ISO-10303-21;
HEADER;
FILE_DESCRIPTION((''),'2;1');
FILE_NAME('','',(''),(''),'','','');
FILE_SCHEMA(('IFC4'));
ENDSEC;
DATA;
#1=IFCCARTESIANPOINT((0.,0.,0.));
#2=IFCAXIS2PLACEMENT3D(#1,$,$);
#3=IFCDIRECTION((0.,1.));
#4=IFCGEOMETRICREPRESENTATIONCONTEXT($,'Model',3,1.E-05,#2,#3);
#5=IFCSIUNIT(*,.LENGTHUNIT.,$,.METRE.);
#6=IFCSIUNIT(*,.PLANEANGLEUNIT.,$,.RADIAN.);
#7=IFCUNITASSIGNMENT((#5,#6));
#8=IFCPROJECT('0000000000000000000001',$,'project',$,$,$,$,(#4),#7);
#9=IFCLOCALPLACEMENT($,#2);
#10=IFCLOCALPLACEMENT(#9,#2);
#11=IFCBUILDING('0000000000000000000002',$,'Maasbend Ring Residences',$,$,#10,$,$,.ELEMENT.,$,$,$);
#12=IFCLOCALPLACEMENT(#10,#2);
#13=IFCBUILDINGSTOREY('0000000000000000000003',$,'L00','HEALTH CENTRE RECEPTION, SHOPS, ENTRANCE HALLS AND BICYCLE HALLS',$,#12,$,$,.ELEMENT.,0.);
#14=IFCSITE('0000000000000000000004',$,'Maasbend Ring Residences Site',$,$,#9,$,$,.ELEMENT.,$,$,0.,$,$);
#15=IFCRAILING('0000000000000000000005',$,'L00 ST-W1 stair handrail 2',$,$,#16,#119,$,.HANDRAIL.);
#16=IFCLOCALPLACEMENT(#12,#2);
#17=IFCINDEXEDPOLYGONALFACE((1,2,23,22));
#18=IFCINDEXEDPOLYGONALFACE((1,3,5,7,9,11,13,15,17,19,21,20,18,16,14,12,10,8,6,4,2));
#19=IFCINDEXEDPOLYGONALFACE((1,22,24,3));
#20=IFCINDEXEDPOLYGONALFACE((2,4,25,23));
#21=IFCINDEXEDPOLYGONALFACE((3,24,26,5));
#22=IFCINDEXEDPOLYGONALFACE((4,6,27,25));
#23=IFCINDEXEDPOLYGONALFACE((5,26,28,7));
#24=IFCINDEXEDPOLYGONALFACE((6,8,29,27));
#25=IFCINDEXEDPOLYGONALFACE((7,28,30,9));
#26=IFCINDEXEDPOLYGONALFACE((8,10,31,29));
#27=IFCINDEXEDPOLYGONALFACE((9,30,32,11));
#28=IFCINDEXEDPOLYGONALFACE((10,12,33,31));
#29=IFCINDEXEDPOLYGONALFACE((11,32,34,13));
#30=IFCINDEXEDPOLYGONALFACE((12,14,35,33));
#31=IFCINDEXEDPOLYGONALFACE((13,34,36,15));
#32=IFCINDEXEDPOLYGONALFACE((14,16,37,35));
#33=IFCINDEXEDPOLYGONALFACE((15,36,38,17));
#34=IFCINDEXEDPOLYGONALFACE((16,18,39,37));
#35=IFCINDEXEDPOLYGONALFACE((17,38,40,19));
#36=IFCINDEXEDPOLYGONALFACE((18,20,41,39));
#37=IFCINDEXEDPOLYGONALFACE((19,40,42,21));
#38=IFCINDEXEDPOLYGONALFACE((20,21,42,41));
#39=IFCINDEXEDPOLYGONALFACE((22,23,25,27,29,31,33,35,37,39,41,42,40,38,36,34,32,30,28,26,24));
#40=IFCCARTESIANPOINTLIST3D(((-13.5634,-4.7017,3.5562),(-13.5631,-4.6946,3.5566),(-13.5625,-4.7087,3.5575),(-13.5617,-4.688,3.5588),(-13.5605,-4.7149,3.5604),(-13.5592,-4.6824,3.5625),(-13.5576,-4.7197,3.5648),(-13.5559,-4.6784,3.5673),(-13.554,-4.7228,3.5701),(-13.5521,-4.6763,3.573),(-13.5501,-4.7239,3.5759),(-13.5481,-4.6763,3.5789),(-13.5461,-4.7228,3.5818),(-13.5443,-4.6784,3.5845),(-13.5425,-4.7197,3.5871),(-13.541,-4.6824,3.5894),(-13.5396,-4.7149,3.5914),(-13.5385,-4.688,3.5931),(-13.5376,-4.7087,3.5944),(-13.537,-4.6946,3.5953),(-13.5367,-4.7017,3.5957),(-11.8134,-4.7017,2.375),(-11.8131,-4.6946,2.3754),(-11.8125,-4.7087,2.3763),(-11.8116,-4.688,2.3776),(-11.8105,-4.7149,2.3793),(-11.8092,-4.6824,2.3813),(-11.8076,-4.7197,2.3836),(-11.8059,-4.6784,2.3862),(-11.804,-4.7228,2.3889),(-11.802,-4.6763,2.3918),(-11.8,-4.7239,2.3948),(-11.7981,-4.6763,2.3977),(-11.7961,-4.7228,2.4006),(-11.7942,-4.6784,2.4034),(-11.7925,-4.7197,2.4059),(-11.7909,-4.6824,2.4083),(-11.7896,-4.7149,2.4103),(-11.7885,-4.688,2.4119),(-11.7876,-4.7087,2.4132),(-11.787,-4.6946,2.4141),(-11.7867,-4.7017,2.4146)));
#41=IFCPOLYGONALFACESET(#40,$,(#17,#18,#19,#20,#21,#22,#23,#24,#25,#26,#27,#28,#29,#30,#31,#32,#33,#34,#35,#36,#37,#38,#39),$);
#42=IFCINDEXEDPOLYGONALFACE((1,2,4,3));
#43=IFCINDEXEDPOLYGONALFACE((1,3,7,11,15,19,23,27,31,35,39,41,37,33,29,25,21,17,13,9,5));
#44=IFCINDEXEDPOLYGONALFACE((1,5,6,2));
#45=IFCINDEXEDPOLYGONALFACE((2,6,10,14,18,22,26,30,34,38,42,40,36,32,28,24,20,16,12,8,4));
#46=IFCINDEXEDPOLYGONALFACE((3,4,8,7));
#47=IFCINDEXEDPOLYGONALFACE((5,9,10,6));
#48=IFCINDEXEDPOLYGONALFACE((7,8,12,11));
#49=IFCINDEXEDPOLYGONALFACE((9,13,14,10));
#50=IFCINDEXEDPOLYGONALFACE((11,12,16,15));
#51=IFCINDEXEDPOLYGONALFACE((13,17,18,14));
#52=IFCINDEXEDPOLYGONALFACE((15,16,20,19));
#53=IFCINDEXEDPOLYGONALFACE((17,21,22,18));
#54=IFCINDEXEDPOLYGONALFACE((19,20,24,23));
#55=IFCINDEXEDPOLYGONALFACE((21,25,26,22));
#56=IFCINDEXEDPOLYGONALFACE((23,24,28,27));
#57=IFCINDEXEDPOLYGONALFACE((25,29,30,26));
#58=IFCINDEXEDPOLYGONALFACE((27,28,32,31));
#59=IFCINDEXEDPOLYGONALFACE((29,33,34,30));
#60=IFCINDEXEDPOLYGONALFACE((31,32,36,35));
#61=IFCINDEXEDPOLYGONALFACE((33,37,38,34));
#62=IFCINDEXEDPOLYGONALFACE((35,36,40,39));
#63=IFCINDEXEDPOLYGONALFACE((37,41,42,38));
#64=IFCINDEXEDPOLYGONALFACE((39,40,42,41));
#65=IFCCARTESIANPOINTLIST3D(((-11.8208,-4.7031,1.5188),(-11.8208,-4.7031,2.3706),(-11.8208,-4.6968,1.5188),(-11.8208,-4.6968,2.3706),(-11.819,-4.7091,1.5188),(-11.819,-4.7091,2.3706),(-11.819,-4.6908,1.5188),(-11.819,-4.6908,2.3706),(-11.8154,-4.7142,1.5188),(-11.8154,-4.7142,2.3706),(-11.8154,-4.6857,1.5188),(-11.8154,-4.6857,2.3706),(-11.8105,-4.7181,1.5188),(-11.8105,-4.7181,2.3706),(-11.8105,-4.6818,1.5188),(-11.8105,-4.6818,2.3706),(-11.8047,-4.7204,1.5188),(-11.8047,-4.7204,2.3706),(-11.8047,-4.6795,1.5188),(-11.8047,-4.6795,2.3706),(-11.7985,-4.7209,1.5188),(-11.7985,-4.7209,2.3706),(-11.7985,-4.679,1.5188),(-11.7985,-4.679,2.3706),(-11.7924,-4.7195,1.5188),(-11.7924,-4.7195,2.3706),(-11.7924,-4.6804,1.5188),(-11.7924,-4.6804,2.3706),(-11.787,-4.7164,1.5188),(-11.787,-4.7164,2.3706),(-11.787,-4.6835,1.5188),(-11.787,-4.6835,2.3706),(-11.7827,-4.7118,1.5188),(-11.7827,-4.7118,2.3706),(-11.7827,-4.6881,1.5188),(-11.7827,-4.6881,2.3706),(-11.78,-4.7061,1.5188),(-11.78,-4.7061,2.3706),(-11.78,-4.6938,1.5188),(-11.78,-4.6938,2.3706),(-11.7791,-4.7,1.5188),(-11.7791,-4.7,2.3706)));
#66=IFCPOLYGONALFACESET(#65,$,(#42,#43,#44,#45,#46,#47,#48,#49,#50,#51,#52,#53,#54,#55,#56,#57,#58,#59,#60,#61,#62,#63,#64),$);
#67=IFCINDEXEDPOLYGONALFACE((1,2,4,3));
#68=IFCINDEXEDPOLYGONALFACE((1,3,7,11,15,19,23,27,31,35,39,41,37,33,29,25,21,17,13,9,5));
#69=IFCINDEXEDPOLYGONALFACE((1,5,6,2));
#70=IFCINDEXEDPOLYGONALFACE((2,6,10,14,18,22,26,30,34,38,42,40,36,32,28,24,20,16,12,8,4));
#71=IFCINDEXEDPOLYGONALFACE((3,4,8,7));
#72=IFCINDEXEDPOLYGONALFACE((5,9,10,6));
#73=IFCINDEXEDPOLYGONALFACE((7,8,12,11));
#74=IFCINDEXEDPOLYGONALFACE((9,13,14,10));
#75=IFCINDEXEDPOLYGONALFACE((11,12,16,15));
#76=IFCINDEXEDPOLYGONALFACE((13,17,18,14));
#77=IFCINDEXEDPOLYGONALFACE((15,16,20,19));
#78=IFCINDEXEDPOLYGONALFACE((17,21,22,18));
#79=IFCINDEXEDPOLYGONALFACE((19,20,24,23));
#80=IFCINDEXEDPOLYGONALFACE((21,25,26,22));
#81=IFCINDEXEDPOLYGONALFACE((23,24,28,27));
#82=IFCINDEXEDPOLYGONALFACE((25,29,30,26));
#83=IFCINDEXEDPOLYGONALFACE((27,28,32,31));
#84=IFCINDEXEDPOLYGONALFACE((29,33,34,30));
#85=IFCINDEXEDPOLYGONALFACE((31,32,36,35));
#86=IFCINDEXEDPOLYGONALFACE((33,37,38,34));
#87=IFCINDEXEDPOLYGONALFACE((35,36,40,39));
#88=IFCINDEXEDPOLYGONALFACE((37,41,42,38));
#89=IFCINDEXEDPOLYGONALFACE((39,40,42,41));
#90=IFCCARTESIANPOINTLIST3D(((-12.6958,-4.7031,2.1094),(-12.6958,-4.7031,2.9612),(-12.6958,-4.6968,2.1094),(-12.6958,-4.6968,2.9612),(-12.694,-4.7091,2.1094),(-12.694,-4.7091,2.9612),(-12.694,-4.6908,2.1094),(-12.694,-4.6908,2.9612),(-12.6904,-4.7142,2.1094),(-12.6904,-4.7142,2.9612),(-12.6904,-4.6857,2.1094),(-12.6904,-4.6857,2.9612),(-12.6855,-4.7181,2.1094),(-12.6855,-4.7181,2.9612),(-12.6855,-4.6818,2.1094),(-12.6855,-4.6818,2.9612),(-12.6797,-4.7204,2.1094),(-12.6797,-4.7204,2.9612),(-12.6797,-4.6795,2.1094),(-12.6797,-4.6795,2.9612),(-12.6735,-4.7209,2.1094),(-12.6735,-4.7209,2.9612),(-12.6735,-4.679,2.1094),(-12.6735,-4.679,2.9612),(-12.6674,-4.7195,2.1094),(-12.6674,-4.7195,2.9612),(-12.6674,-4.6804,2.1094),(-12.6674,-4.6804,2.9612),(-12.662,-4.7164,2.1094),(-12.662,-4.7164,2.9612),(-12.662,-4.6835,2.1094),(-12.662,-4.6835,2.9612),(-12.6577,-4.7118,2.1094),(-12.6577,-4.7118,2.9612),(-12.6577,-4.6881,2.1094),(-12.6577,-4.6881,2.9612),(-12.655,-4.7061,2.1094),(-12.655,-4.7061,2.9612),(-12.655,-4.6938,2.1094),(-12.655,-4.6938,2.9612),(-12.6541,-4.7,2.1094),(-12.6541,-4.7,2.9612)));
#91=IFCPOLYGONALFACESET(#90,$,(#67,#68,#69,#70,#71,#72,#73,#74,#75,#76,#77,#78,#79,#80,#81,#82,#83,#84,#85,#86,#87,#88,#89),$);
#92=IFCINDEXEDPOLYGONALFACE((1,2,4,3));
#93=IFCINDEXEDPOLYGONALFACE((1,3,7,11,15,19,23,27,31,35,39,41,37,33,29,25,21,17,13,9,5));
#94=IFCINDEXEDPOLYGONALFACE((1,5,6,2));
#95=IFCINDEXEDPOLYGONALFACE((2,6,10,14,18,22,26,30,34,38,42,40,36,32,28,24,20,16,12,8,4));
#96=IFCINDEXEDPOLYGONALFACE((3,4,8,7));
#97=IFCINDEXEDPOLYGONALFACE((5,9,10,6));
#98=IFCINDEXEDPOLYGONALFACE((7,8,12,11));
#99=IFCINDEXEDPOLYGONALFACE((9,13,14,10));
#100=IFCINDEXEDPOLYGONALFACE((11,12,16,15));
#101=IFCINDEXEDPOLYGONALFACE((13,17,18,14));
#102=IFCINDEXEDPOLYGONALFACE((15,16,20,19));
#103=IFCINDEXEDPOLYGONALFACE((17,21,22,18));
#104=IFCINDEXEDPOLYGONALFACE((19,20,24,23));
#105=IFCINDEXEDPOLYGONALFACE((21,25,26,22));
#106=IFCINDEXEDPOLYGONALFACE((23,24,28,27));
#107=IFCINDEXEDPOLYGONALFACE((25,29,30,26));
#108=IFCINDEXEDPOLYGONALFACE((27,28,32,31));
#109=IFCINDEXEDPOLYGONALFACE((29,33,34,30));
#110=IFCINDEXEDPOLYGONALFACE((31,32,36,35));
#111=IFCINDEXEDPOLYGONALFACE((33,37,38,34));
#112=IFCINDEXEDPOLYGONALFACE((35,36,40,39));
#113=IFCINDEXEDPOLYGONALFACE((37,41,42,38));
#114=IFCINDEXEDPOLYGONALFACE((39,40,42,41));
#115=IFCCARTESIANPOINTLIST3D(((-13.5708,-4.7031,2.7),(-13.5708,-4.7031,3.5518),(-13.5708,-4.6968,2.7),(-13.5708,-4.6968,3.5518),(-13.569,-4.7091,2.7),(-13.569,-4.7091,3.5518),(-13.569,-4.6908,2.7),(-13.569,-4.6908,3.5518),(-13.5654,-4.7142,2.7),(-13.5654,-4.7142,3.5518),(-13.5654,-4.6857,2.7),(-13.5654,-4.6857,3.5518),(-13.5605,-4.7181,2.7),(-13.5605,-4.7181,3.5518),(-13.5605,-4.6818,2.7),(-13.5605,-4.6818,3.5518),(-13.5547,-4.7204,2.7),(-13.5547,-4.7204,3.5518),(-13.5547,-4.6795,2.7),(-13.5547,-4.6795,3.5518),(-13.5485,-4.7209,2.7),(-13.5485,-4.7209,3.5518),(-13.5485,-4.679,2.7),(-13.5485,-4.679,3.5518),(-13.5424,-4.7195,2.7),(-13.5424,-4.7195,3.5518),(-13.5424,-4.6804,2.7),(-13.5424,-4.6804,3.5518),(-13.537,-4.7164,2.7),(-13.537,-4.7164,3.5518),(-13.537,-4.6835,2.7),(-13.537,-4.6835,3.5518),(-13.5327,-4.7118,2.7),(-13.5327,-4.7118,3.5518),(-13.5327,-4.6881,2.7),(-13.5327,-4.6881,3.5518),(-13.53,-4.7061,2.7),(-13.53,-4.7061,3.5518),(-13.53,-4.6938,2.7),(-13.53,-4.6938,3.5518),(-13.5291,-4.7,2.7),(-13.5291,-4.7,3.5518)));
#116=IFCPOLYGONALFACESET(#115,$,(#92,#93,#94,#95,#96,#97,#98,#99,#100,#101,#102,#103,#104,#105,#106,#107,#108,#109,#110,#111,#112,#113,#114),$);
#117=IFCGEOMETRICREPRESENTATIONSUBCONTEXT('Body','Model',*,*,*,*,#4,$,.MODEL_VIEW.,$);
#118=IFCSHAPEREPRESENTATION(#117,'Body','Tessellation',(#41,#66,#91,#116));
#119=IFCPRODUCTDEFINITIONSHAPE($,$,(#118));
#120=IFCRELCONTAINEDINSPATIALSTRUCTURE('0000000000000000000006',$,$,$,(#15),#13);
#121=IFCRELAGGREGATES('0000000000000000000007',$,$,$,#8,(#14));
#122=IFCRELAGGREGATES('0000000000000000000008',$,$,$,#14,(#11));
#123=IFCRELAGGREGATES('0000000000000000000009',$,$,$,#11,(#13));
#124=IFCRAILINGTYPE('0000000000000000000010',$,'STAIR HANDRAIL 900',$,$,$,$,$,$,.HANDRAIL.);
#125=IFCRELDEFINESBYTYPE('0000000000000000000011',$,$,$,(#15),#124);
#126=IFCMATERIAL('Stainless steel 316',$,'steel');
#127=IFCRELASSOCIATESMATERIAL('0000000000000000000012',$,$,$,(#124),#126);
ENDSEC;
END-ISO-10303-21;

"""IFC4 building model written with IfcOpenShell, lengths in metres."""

from ifc_helpers import new_model, si_unit, direction, frame, origin, origin_2d, place, context, subcontext, project, spatial, circle, extrude, material, type_object, element, save


model = new_model("IFC4")

# Units and contexts
model_context = context("Model", 3, precision=1e-05, world=origin(), true_north=direction((0.0, 1.0)))
body_context = subcontext(model_context, "Body", "Model", "MODEL_VIEW")
ifc_project = project(units=[si_unit("LENGTHUNIT", "METRE"), si_unit("PLANEANGLEUNIT", "RADIAN")], contexts=[model_context])

# Site, building, storey
site_placement = place(None, origin())
site = spatial("IfcSite", under=ifc_project, at=site_placement, Name="Maasbend Ring Residences Site", CompositionType="ELEMENT", RefElevation=0.0)
building_placement = place(site_placement, origin())
building = spatial("IfcBuilding", under=site, at=building_placement, Name="Maasbend Ring Residences", CompositionType="ELEMENT")
storey_placement = place(building_placement, origin())
storey = spatial("IfcBuildingStorey", under=building, at=storey_placement, Name="L00", Description="HEALTH CENTRE RECEPTION, SHOPS, ENTRANCE HALLS AND BICYCLE HALLS", CompositionType="ELEMENT", Elevation=0.0)

# Railing
ifc_material_1 = material(Name="Stainless steel 316", Category="steel")
railing_type = type_object("IfcRailingType", Name="STAIR HANDRAIL 900", PredefinedType="HANDRAIL", material=ifc_material_1)
railing_1_placement = place(storey_placement, frame((-11.8, -4.7, 1.5188)))
element("IfcRailing", 1, at=railing_1_placement, inside=storey, type_object=railing_type, Name="L00 ST-W1 stair handrail 2", PredefinedType="HANDRAIL", context=body_context, shape_type="SweptSolid", body=[
    extrude(circle(Radius=0.0239, at=origin_2d()), frame((0.0, 0.0, 0.876), z_axis=(-0.82887, 0.0, 0.559441), x_axis=(0.0, -1.0, 0.0)), (0.0, 0.0, 1.0), 2.1113),
    extrude(circle(Radius=0.021, at=origin_2d()), origin(), (0.0, 0.0, 1.0), 0.8518),
    extrude(circle(Radius=0.021, at=origin_2d()), frame((-0.875, 0.0, 0.5906)), (0.0, 0.0, 1.0), 0.8518),
    extrude(circle(Radius=0.021, at=origin_2d()), frame((-1.75, 0.0, 1.1812)), (0.0, 0.0, 1.0), 0.8518),
])

save(model, "model.ifc")
